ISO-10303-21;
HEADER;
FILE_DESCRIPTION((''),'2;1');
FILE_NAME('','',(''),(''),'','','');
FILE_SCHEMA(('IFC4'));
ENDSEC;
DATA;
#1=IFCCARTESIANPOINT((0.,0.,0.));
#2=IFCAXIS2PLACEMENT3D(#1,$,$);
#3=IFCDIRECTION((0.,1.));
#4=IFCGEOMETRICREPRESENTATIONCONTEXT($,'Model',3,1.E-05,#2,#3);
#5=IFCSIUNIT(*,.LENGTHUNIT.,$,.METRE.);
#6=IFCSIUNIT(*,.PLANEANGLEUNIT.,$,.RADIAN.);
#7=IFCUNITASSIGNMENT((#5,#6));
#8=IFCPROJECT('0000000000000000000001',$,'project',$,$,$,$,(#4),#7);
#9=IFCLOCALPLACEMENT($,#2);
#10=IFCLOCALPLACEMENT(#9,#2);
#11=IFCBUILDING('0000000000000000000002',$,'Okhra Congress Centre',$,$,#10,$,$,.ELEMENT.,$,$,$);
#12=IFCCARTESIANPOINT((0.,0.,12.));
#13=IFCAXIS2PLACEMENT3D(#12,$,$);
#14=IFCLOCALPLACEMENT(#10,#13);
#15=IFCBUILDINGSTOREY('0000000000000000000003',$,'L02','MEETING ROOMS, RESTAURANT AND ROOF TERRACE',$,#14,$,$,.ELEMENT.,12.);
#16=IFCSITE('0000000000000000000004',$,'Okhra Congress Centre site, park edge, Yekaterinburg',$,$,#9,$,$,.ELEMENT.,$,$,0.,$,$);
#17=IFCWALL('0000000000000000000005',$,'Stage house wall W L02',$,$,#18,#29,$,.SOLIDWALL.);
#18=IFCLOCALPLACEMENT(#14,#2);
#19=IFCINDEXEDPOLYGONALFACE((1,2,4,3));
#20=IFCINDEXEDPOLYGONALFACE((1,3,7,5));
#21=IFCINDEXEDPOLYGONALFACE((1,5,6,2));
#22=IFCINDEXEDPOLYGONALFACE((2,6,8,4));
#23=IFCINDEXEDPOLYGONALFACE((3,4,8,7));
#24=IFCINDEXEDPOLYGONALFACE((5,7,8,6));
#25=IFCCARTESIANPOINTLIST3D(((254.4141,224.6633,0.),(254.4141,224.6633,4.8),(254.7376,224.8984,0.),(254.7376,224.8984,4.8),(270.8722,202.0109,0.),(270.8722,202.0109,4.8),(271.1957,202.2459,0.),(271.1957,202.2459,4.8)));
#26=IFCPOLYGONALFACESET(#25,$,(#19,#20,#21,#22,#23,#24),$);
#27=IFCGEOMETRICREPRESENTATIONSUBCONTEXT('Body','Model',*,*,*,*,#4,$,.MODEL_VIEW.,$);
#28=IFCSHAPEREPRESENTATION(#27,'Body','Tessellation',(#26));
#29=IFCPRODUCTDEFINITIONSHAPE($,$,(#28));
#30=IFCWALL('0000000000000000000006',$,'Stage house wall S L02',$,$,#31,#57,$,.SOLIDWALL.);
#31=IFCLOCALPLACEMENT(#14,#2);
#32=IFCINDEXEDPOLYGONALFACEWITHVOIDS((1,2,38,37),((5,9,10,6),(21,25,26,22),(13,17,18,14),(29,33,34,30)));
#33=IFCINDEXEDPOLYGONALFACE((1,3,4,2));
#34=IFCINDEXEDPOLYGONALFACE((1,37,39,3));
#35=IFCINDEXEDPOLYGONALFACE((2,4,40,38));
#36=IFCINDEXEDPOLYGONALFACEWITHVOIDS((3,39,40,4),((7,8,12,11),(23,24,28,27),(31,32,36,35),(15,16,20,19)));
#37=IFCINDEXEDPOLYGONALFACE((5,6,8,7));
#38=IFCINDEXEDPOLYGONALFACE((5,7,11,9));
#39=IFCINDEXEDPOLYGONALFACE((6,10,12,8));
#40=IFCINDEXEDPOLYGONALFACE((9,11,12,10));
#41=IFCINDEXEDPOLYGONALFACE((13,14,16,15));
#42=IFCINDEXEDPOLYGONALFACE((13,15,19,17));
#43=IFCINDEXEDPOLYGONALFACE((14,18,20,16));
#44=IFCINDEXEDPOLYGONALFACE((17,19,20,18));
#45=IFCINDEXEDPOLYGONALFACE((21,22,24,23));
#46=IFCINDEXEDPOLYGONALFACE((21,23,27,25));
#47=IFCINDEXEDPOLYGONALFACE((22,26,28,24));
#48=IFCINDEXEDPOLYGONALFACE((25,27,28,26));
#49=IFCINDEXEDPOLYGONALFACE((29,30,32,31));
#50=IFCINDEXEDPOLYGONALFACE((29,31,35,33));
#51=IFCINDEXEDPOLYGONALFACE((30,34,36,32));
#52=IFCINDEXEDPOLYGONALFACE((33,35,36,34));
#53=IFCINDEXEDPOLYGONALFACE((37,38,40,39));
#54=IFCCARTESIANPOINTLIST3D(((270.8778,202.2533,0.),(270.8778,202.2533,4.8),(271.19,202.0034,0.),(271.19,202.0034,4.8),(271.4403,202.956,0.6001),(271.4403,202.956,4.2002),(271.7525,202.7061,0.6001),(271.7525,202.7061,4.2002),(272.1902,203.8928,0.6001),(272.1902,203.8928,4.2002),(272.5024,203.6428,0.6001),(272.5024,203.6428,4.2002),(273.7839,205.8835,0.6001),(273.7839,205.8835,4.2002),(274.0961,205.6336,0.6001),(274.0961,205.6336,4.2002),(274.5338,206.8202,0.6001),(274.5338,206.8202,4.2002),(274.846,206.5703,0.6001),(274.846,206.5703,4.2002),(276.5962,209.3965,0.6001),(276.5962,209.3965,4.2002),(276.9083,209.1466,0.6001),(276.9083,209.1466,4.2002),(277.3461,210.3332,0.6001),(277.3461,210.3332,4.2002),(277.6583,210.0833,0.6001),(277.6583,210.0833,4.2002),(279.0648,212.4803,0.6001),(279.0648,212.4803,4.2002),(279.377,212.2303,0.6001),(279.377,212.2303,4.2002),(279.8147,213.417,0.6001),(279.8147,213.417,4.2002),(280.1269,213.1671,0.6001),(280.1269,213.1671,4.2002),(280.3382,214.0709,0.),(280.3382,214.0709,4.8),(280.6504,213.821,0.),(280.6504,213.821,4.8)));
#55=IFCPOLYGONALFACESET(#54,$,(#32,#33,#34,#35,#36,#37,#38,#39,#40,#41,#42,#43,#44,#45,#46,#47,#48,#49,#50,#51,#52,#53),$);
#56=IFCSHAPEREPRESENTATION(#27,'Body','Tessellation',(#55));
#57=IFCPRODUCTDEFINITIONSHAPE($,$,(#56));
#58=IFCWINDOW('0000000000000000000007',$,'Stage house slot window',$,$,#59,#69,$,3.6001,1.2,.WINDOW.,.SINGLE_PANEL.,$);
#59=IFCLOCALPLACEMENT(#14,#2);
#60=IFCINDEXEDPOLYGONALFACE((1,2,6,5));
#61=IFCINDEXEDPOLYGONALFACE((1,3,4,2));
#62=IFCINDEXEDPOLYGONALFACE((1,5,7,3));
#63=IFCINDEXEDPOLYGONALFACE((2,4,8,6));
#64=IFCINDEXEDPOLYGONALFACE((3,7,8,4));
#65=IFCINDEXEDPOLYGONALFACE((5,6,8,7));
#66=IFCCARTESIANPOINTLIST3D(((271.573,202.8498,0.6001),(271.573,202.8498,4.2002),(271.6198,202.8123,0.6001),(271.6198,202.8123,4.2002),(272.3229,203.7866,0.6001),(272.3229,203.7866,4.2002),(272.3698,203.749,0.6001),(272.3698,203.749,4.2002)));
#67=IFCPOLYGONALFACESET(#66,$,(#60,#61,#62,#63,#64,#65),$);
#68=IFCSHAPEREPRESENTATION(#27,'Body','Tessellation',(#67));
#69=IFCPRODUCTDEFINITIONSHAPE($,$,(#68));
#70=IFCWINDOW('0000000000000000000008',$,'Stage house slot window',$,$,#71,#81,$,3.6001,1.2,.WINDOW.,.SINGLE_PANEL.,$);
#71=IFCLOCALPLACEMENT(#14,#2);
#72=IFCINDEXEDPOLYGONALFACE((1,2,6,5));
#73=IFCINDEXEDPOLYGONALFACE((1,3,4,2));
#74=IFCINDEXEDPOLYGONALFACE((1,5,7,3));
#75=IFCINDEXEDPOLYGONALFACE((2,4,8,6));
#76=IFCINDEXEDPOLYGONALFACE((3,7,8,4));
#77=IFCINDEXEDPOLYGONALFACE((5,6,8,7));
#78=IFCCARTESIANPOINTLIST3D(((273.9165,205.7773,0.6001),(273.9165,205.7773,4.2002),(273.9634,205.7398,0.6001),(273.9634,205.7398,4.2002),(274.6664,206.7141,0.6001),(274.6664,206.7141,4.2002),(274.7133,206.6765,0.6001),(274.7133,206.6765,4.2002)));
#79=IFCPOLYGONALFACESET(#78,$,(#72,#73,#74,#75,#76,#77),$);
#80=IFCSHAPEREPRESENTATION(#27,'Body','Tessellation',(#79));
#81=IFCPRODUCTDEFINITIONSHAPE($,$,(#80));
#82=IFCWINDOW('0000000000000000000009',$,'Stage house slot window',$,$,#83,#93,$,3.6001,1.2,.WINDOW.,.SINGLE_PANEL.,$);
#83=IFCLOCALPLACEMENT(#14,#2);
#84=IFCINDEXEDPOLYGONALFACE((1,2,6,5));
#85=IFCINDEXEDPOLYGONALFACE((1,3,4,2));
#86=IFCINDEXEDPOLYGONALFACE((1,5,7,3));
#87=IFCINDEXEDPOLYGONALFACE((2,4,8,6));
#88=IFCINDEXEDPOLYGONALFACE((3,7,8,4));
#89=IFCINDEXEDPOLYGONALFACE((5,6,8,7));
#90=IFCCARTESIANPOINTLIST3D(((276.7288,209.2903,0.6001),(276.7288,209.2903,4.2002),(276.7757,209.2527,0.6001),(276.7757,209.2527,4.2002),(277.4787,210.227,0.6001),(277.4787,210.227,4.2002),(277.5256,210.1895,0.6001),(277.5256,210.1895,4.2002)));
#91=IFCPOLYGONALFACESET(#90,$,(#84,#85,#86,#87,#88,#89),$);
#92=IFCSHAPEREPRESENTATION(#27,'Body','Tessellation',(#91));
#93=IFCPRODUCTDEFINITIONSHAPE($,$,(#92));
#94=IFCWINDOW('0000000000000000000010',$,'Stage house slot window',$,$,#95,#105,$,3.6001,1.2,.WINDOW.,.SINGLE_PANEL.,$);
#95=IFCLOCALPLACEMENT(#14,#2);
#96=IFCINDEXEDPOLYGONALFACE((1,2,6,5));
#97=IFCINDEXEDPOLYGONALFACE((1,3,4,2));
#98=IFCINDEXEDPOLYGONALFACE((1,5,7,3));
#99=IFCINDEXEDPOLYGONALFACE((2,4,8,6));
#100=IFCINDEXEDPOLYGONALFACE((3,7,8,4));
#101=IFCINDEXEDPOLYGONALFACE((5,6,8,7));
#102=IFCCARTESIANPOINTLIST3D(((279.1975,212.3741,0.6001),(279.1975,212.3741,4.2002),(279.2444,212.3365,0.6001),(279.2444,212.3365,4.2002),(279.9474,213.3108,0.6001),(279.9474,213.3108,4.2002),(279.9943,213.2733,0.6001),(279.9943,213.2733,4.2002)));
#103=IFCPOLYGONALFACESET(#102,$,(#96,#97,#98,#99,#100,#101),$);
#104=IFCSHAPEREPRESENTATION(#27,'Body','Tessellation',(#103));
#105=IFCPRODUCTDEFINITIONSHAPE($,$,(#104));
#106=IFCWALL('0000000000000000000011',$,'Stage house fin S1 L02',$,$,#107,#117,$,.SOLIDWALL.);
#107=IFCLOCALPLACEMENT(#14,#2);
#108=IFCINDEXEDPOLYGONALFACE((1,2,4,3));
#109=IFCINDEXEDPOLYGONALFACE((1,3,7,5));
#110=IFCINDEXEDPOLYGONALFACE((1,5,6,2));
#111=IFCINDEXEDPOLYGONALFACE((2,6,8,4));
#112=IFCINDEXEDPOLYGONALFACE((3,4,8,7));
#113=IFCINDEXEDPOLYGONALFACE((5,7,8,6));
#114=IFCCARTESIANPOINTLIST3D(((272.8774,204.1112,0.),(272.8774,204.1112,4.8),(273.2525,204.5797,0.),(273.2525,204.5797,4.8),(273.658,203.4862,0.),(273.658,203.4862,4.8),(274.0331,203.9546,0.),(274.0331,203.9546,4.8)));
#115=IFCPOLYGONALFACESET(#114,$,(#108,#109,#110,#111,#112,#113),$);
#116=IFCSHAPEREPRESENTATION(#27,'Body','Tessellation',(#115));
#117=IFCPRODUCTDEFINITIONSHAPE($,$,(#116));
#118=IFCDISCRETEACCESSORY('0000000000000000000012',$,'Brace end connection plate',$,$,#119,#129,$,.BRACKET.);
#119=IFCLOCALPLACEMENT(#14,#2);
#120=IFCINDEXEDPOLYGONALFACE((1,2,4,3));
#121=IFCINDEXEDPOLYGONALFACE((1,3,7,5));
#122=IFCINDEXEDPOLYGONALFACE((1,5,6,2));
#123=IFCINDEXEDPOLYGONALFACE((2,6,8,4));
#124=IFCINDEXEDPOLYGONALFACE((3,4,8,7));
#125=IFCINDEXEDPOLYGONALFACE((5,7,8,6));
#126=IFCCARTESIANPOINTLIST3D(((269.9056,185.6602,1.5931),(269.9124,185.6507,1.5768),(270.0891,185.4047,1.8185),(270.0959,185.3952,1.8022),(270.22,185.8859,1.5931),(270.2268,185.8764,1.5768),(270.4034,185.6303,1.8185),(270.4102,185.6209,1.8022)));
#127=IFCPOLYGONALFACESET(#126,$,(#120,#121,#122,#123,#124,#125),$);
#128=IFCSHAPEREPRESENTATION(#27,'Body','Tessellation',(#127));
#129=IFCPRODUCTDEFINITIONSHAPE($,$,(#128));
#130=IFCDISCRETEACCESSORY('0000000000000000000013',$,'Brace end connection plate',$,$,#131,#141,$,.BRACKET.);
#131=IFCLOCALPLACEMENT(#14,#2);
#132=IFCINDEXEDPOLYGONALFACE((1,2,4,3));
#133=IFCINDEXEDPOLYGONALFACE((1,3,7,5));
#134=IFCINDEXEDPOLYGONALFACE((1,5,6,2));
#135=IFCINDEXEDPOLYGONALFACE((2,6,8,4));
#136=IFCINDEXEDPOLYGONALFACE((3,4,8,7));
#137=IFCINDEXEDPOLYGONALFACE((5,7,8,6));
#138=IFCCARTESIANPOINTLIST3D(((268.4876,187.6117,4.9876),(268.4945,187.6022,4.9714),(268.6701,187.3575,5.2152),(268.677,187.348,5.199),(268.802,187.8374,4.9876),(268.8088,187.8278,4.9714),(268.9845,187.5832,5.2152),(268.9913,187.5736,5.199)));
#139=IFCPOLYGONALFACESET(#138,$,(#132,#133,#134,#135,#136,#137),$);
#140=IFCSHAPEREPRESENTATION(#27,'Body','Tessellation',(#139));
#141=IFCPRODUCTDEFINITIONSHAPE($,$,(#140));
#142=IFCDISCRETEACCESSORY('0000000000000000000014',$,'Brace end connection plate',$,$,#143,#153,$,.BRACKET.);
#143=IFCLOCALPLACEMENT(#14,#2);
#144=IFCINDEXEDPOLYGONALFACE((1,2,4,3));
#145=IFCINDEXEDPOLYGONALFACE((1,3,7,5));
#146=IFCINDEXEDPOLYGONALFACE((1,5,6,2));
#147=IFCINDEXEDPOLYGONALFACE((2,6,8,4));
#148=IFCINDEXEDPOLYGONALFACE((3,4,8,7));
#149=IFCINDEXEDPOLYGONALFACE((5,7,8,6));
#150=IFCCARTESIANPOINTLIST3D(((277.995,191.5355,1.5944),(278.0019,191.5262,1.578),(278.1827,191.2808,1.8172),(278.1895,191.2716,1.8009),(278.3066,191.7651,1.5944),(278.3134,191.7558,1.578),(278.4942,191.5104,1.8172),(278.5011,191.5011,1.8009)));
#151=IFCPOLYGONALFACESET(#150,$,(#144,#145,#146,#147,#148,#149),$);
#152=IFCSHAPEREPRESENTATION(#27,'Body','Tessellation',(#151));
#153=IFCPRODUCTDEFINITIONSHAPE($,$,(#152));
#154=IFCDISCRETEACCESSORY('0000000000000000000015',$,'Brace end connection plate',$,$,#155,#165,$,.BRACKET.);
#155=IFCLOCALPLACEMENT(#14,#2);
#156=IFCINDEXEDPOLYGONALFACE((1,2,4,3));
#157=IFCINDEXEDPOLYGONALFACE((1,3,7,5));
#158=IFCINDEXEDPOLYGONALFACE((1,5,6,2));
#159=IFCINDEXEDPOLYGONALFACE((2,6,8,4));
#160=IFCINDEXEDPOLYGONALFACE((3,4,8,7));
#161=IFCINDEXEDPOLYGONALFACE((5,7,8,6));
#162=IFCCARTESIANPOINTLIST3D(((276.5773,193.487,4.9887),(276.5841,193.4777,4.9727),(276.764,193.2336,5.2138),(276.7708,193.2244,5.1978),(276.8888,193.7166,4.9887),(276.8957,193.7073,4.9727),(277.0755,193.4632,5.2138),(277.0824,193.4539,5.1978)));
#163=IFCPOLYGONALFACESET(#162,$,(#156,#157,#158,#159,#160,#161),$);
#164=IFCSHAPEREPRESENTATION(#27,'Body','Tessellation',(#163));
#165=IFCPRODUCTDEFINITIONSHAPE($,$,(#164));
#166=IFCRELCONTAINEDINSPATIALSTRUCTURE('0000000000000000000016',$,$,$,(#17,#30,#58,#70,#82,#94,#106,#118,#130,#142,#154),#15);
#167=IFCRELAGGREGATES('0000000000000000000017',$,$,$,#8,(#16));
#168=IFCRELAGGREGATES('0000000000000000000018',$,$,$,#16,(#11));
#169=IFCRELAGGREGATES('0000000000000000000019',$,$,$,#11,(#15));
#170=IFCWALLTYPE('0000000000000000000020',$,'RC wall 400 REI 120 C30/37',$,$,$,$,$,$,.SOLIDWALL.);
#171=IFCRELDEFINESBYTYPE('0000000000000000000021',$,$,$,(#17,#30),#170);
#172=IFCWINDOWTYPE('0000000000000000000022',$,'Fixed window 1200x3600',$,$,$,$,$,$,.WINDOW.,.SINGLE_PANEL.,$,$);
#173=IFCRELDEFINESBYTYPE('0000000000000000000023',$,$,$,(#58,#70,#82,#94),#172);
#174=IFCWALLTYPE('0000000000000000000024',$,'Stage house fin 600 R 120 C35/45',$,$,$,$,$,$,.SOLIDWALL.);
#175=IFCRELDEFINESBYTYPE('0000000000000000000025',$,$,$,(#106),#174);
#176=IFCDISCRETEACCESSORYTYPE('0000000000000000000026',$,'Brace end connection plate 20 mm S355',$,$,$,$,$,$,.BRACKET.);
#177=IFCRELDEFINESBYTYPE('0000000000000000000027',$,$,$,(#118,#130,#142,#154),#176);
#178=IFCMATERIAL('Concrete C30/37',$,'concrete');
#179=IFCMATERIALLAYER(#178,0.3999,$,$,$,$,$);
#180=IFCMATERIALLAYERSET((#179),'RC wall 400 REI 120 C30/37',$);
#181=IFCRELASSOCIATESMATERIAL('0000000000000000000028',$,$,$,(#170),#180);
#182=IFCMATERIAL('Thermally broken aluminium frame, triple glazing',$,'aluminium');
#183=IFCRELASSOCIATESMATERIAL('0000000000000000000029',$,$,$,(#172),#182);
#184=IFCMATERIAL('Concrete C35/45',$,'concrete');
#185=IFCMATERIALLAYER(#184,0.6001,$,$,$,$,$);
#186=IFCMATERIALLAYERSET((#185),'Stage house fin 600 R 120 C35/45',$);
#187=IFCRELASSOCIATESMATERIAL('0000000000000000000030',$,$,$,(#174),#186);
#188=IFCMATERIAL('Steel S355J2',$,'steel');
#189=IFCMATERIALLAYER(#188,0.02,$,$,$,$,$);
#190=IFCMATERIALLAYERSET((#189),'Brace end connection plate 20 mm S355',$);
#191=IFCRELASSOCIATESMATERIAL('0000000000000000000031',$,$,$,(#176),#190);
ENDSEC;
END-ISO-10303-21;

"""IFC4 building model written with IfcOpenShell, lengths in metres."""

from ifc_helpers import new_model, si_unit, direction, frame, frame_2d, origin, origin_2d, place, context, subcontext, project, spatial, rectangle, extrude, material, layer, layer_set, type_object, element, fill, save


model = new_model("IFC4")

# Units and contexts
model_context = context("Model", 3, precision=1e-05, world=origin(), true_north=direction((0.0, 1.0)))
body_context = subcontext(model_context, "Body", "Model", "MODEL_VIEW")
ifc_project = project(units=[si_unit("LENGTHUNIT", "METRE"), si_unit("PLANEANGLEUNIT", "RADIAN")], contexts=[model_context])

# Site, building, storey
site_placement = place(None, origin())
site = spatial("IfcSite", under=ifc_project, at=site_placement, Name="Okhra Congress Centre site, park edge, Yekaterinburg", CompositionType="ELEMENT", RefElevation=0.0)
building_placement = place(site_placement, origin())
building = spatial("IfcBuilding", under=site, at=building_placement, Name="Okhra Congress Centre", CompositionType="ELEMENT")
storey_placement = place(building_placement, frame((0.0, 0.0, 12.0)))
storey = spatial("IfcBuildingStorey", under=building, at=storey_placement, Name="L02", Description="MEETING ROOMS, RESTAURANT AND ROOF TERRACE", CompositionType="ELEMENT", Elevation=12.0)

# Shared definitions
ifc_material_1 = material(Name="Steel S355J2", Category="steel")

# Wall
ifc_material_2 = material(Name="Concrete C35/45", Category="concrete")
ifc_material_3 = material(Name="Concrete C30/37", Category="concrete")
ifc_layer_1 = layer(ifc_material_3, 0.3999)
ifc_layer_set_1 = layer_set([ifc_layer_1], Name="RC wall 400 REI 120 C30/37")
wall_type_1 = type_object("IfcWallType", Name="RC wall 400 REI 120 C30/37", PredefinedType="SOLIDWALL", material=ifc_layer_set_1)
wall_1_placement = place(storey_placement, frame((271.0339, 202.1284, 0.0), z_axis=(0.0, 0.0, 1.0), x_axis=(-0.587788, 0.809015, 0.0)))
element("IfcWall", 1, at=wall_1_placement, inside=storey, type_object=wall_type_1, Name="Stage house wall W L02", PredefinedType="SOLIDWALL", context=body_context, shape_type="SweptSolid", body=[
    extrude(rectangle(XDim=28.0, YDim=0.3999, at=frame_2d((14.0, 0.0))), origin(), (0.0, 0.0, 1.0), 4.8),
])

# Wall, openings, windows
wall_2_placement = place(storey_placement, frame((271.0339, 202.1284, 0.0), z_axis=(0.0, 0.0, 1.0), x_axis=(0.624951, 0.780664, 0.0)))
wall_2 = element("IfcWall", 2, at=wall_2_placement, inside=storey, type_object=wall_type_1, Name="Stage house wall S L02", PredefinedType="SOLIDWALL", context=body_context, shape_type="SweptSolid", body=[
    extrude(rectangle(XDim=15.1379, YDim=0.3999, at=frame_2d((7.5688, 0.0))), origin(), (0.0, 0.0, 1.0), 4.8),
])
opening_1_placement = place(wall_2_placement, frame((0.8999, 0.0, 0.6001)))
opening_1 = element("IfcOpeningElement", 3, at=opening_1_placement, cuts=wall_2, PredefinedType="OPENING", context=body_context, shape_type="SweptSolid", body=[
    extrude(rectangle(XDim=1.2, YDim=3.6001, at=frame_2d((0.6001, 1.8))), frame((0.0, 0.21, 0.0), z_axis=(0.0, -1.0, 0.0), x_axis=(1.0, 0.0, 0.0)), (0.0, 0.0, 1.0), 0.4199),
])
opening_2_placement = place(wall_2_placement, frame((4.6499, 0.0, 0.6001)))
opening_2 = element("IfcOpeningElement", 4, at=opening_2_placement, cuts=wall_2, PredefinedType="OPENING", context=body_context, shape_type="SweptSolid", body=[
    extrude(rectangle(XDim=1.2, YDim=3.6001, at=frame_2d((0.6001, 1.8))), frame((0.0, 0.21, 0.0), z_axis=(0.0, -1.0, 0.0), x_axis=(1.0, 0.0, 0.0)), (0.0, 0.0, 1.0), 0.4199),
])
opening_3_placement = place(wall_2_placement, frame((9.1499, 0.0, 0.6001)))
opening_3 = element("IfcOpeningElement", 5, at=opening_3_placement, cuts=wall_2, PredefinedType="OPENING", context=body_context, shape_type="SweptSolid", body=[
    extrude(rectangle(XDim=1.2, YDim=3.6001, at=frame_2d((0.6001, 1.8))), frame((0.0, 0.21, 0.0), z_axis=(0.0, -1.0, 0.0), x_axis=(1.0, 0.0, 0.0)), (0.0, 0.0, 1.0), 0.4199),
])
opening_4_placement = place(wall_2_placement, frame((13.1001, 0.0, 0.6001)))
opening_4 = element("IfcOpeningElement", 6, at=opening_4_placement, cuts=wall_2, PredefinedType="OPENING", context=body_context, shape_type="SweptSolid", body=[
    extrude(rectangle(XDim=1.2, YDim=3.6001, at=frame_2d((0.6001, 1.8))), frame((0.0, 0.21, 0.0), z_axis=(0.0, -1.0, 0.0), x_axis=(1.0, 0.0, 0.0)), (0.0, 0.0, 1.0), 0.4199),
])
ifc_material_4 = material(Name="Thermally broken aluminium frame, triple glazing", Category="aluminium")
window_type = type_object("IfcWindowType", Name="Fixed window 1200x3600", PartitioningType="SINGLE_PANEL", PredefinedType="WINDOW", material=ifc_material_4)
window_1_placement = place(opening_1_placement, origin())
window_1 = element("IfcWindow", 7, at=window_1_placement, inside=storey, type_object=window_type, Name="Stage house slot window", OverallHeight=3.6001, OverallWidth=1.2, PartitioningType="SINGLE_PANEL", PredefinedType="WINDOW", context=body_context, shape_type="SweptSolid", body=[
    extrude(rectangle(XDim=1.2, YDim=3.6001, at=frame_2d((0.6001, 1.8))), frame((0.0, 0.03, 0.0), z_axis=(0.0, -1.0, 0.0), x_axis=(1.0, 0.0, 0.0)), (0.0, 0.0, 1.0), 0.0601),
])
fill(opening_1, window_1)
window_2_placement = place(opening_2_placement, origin())
window_2 = element("IfcWindow", 8, at=window_2_placement, inside=storey, type_object=window_type, Name="Stage house slot window", OverallHeight=3.6001, OverallWidth=1.2, PartitioningType="SINGLE_PANEL", PredefinedType="WINDOW", context=body_context, shape_type="SweptSolid", body=[
    extrude(rectangle(XDim=1.2, YDim=3.6001, at=frame_2d((0.6001, 1.8))), frame((0.0, 0.03, 0.0), z_axis=(0.0, -1.0, 0.0), x_axis=(1.0, 0.0, 0.0)), (0.0, 0.0, 1.0), 0.0601),
])
fill(opening_2, window_2)
window_3_placement = place(opening_3_placement, origin())
window_3 = element("IfcWindow", 9, at=window_3_placement, inside=storey, type_object=window_type, Name="Stage house slot window", OverallHeight=3.6001, OverallWidth=1.2, PartitioningType="SINGLE_PANEL", PredefinedType="WINDOW", context=body_context, shape_type="SweptSolid", body=[
    extrude(rectangle(XDim=1.2, YDim=3.6001, at=frame_2d((0.6001, 1.8))), frame((0.0, 0.03, 0.0), z_axis=(0.0, -1.0, 0.0), x_axis=(1.0, 0.0, 0.0)), (0.0, 0.0, 1.0), 0.0601),
])
fill(opening_3, window_3)
window_4_placement = place(opening_4_placement, origin())
window_4 = element("IfcWindow", 10, at=window_4_placement, inside=storey, type_object=window_type, Name="Stage house slot window", OverallHeight=3.6001, OverallWidth=1.2, PartitioningType="SINGLE_PANEL", PredefinedType="WINDOW", context=body_context, shape_type="SweptSolid", body=[
    extrude(rectangle(XDim=1.2, YDim=3.6001, at=frame_2d((0.6001, 1.8))), frame((0.0, 0.03, 0.0), z_axis=(0.0, -1.0, 0.0), x_axis=(1.0, 0.0, 0.0)), (0.0, 0.0, 1.0), 0.0601),
])
fill(opening_4, window_4)

# Wall
ifc_layer_2 = layer(ifc_material_2, 0.6001)
ifc_layer_set_2 = layer_set([ifc_layer_2], Name="Stage house fin 600 R 120 C35/45")
wall_type_2 = type_object("IfcWallType", Name="Stage house fin 600 R 120 C35/45", PredefinedType="SOLIDWALL", material=ifc_layer_set_2)
wall_3_placement = place(storey_placement, frame((273.0649, 204.3455, 0.0), z_axis=(0.0, 0.0, 1.0), x_axis=(0.780583, -0.625052, 0.0)))
element("IfcWall", 11, at=wall_3_placement, inside=storey, type_object=wall_type_2, Name="Stage house fin S1 L02", PredefinedType="SOLIDWALL", context=body_context, shape_type="SweptSolid", body=[
    extrude(rectangle(XDim=1.0, YDim=0.6001, at=frame_2d((0.5, 0.0))), origin(), (0.0, 0.0, 1.0), 4.8),
])

# Discrete accessories
ifc_layer_3 = layer(ifc_material_1, 0.02)
ifc_layer_set_3 = layer_set([ifc_layer_3], Name="Brace end connection plate 20 mm S355")
discrete_accessory_type = type_object("IfcDiscreteAccessoryType", Name="Brace end connection plate 20 mm S355", PredefinedType="BRACKET", material=ifc_layer_set_3)
for number, where, z_axis, x_axis, name in (
    (12, (270.1545, 185.6453, 1.7058), (0.3397, -0.473153, -0.812853), (0.812324, 0.583207, 0.0), "Brace end connection plate"),
    (13, (268.7429, 187.5879, 5.0852), (-0.343074, 0.477854, 0.808675), (-0.812324, -0.583207, 0.0), "Brace end connection plate"),
    (14, (278.2446, 191.5229, 1.7058), (0.341641, -0.463656, -0.817499), (0.805056, 0.593199, 0.0), "Brace end connection plate"),
):
    element("IfcDiscreteAccessory", number, at=place(storey_placement, frame(where, z_axis=z_axis, x_axis=x_axis)), inside=storey, type_object=discrete_accessory_type, Name=name, PredefinedType="BRACKET", context=body_context, shape_type="SweptSolid", body=[
        extrude(rectangle(XDim=0.387, YDim=0.387, at=origin_2d()), origin(), (0.0, 0.0, 1.0), 0.02),
    ])
discrete_accessory_placement = place(storey_placement, frame((276.8333, 193.4658, 5.0852), z_axis=(-0.345075, 0.468316, 0.81339), x_axis=(-0.805056, -0.593199, 0.0)))
element("IfcDiscreteAccessory", 15, at=discrete_accessory_placement, inside=storey, type_object=discrete_accessory_type, Name="Brace end connection plate", PredefinedType="BRACKET", context=body_context, shape_type="SweptSolid", body=[
    extrude(rectangle(XDim=0.387, YDim=0.387, at=origin_2d()), origin(), (0.0, 0.0, 1.0), 0.0198),
])

save(model, "model.ifc")
